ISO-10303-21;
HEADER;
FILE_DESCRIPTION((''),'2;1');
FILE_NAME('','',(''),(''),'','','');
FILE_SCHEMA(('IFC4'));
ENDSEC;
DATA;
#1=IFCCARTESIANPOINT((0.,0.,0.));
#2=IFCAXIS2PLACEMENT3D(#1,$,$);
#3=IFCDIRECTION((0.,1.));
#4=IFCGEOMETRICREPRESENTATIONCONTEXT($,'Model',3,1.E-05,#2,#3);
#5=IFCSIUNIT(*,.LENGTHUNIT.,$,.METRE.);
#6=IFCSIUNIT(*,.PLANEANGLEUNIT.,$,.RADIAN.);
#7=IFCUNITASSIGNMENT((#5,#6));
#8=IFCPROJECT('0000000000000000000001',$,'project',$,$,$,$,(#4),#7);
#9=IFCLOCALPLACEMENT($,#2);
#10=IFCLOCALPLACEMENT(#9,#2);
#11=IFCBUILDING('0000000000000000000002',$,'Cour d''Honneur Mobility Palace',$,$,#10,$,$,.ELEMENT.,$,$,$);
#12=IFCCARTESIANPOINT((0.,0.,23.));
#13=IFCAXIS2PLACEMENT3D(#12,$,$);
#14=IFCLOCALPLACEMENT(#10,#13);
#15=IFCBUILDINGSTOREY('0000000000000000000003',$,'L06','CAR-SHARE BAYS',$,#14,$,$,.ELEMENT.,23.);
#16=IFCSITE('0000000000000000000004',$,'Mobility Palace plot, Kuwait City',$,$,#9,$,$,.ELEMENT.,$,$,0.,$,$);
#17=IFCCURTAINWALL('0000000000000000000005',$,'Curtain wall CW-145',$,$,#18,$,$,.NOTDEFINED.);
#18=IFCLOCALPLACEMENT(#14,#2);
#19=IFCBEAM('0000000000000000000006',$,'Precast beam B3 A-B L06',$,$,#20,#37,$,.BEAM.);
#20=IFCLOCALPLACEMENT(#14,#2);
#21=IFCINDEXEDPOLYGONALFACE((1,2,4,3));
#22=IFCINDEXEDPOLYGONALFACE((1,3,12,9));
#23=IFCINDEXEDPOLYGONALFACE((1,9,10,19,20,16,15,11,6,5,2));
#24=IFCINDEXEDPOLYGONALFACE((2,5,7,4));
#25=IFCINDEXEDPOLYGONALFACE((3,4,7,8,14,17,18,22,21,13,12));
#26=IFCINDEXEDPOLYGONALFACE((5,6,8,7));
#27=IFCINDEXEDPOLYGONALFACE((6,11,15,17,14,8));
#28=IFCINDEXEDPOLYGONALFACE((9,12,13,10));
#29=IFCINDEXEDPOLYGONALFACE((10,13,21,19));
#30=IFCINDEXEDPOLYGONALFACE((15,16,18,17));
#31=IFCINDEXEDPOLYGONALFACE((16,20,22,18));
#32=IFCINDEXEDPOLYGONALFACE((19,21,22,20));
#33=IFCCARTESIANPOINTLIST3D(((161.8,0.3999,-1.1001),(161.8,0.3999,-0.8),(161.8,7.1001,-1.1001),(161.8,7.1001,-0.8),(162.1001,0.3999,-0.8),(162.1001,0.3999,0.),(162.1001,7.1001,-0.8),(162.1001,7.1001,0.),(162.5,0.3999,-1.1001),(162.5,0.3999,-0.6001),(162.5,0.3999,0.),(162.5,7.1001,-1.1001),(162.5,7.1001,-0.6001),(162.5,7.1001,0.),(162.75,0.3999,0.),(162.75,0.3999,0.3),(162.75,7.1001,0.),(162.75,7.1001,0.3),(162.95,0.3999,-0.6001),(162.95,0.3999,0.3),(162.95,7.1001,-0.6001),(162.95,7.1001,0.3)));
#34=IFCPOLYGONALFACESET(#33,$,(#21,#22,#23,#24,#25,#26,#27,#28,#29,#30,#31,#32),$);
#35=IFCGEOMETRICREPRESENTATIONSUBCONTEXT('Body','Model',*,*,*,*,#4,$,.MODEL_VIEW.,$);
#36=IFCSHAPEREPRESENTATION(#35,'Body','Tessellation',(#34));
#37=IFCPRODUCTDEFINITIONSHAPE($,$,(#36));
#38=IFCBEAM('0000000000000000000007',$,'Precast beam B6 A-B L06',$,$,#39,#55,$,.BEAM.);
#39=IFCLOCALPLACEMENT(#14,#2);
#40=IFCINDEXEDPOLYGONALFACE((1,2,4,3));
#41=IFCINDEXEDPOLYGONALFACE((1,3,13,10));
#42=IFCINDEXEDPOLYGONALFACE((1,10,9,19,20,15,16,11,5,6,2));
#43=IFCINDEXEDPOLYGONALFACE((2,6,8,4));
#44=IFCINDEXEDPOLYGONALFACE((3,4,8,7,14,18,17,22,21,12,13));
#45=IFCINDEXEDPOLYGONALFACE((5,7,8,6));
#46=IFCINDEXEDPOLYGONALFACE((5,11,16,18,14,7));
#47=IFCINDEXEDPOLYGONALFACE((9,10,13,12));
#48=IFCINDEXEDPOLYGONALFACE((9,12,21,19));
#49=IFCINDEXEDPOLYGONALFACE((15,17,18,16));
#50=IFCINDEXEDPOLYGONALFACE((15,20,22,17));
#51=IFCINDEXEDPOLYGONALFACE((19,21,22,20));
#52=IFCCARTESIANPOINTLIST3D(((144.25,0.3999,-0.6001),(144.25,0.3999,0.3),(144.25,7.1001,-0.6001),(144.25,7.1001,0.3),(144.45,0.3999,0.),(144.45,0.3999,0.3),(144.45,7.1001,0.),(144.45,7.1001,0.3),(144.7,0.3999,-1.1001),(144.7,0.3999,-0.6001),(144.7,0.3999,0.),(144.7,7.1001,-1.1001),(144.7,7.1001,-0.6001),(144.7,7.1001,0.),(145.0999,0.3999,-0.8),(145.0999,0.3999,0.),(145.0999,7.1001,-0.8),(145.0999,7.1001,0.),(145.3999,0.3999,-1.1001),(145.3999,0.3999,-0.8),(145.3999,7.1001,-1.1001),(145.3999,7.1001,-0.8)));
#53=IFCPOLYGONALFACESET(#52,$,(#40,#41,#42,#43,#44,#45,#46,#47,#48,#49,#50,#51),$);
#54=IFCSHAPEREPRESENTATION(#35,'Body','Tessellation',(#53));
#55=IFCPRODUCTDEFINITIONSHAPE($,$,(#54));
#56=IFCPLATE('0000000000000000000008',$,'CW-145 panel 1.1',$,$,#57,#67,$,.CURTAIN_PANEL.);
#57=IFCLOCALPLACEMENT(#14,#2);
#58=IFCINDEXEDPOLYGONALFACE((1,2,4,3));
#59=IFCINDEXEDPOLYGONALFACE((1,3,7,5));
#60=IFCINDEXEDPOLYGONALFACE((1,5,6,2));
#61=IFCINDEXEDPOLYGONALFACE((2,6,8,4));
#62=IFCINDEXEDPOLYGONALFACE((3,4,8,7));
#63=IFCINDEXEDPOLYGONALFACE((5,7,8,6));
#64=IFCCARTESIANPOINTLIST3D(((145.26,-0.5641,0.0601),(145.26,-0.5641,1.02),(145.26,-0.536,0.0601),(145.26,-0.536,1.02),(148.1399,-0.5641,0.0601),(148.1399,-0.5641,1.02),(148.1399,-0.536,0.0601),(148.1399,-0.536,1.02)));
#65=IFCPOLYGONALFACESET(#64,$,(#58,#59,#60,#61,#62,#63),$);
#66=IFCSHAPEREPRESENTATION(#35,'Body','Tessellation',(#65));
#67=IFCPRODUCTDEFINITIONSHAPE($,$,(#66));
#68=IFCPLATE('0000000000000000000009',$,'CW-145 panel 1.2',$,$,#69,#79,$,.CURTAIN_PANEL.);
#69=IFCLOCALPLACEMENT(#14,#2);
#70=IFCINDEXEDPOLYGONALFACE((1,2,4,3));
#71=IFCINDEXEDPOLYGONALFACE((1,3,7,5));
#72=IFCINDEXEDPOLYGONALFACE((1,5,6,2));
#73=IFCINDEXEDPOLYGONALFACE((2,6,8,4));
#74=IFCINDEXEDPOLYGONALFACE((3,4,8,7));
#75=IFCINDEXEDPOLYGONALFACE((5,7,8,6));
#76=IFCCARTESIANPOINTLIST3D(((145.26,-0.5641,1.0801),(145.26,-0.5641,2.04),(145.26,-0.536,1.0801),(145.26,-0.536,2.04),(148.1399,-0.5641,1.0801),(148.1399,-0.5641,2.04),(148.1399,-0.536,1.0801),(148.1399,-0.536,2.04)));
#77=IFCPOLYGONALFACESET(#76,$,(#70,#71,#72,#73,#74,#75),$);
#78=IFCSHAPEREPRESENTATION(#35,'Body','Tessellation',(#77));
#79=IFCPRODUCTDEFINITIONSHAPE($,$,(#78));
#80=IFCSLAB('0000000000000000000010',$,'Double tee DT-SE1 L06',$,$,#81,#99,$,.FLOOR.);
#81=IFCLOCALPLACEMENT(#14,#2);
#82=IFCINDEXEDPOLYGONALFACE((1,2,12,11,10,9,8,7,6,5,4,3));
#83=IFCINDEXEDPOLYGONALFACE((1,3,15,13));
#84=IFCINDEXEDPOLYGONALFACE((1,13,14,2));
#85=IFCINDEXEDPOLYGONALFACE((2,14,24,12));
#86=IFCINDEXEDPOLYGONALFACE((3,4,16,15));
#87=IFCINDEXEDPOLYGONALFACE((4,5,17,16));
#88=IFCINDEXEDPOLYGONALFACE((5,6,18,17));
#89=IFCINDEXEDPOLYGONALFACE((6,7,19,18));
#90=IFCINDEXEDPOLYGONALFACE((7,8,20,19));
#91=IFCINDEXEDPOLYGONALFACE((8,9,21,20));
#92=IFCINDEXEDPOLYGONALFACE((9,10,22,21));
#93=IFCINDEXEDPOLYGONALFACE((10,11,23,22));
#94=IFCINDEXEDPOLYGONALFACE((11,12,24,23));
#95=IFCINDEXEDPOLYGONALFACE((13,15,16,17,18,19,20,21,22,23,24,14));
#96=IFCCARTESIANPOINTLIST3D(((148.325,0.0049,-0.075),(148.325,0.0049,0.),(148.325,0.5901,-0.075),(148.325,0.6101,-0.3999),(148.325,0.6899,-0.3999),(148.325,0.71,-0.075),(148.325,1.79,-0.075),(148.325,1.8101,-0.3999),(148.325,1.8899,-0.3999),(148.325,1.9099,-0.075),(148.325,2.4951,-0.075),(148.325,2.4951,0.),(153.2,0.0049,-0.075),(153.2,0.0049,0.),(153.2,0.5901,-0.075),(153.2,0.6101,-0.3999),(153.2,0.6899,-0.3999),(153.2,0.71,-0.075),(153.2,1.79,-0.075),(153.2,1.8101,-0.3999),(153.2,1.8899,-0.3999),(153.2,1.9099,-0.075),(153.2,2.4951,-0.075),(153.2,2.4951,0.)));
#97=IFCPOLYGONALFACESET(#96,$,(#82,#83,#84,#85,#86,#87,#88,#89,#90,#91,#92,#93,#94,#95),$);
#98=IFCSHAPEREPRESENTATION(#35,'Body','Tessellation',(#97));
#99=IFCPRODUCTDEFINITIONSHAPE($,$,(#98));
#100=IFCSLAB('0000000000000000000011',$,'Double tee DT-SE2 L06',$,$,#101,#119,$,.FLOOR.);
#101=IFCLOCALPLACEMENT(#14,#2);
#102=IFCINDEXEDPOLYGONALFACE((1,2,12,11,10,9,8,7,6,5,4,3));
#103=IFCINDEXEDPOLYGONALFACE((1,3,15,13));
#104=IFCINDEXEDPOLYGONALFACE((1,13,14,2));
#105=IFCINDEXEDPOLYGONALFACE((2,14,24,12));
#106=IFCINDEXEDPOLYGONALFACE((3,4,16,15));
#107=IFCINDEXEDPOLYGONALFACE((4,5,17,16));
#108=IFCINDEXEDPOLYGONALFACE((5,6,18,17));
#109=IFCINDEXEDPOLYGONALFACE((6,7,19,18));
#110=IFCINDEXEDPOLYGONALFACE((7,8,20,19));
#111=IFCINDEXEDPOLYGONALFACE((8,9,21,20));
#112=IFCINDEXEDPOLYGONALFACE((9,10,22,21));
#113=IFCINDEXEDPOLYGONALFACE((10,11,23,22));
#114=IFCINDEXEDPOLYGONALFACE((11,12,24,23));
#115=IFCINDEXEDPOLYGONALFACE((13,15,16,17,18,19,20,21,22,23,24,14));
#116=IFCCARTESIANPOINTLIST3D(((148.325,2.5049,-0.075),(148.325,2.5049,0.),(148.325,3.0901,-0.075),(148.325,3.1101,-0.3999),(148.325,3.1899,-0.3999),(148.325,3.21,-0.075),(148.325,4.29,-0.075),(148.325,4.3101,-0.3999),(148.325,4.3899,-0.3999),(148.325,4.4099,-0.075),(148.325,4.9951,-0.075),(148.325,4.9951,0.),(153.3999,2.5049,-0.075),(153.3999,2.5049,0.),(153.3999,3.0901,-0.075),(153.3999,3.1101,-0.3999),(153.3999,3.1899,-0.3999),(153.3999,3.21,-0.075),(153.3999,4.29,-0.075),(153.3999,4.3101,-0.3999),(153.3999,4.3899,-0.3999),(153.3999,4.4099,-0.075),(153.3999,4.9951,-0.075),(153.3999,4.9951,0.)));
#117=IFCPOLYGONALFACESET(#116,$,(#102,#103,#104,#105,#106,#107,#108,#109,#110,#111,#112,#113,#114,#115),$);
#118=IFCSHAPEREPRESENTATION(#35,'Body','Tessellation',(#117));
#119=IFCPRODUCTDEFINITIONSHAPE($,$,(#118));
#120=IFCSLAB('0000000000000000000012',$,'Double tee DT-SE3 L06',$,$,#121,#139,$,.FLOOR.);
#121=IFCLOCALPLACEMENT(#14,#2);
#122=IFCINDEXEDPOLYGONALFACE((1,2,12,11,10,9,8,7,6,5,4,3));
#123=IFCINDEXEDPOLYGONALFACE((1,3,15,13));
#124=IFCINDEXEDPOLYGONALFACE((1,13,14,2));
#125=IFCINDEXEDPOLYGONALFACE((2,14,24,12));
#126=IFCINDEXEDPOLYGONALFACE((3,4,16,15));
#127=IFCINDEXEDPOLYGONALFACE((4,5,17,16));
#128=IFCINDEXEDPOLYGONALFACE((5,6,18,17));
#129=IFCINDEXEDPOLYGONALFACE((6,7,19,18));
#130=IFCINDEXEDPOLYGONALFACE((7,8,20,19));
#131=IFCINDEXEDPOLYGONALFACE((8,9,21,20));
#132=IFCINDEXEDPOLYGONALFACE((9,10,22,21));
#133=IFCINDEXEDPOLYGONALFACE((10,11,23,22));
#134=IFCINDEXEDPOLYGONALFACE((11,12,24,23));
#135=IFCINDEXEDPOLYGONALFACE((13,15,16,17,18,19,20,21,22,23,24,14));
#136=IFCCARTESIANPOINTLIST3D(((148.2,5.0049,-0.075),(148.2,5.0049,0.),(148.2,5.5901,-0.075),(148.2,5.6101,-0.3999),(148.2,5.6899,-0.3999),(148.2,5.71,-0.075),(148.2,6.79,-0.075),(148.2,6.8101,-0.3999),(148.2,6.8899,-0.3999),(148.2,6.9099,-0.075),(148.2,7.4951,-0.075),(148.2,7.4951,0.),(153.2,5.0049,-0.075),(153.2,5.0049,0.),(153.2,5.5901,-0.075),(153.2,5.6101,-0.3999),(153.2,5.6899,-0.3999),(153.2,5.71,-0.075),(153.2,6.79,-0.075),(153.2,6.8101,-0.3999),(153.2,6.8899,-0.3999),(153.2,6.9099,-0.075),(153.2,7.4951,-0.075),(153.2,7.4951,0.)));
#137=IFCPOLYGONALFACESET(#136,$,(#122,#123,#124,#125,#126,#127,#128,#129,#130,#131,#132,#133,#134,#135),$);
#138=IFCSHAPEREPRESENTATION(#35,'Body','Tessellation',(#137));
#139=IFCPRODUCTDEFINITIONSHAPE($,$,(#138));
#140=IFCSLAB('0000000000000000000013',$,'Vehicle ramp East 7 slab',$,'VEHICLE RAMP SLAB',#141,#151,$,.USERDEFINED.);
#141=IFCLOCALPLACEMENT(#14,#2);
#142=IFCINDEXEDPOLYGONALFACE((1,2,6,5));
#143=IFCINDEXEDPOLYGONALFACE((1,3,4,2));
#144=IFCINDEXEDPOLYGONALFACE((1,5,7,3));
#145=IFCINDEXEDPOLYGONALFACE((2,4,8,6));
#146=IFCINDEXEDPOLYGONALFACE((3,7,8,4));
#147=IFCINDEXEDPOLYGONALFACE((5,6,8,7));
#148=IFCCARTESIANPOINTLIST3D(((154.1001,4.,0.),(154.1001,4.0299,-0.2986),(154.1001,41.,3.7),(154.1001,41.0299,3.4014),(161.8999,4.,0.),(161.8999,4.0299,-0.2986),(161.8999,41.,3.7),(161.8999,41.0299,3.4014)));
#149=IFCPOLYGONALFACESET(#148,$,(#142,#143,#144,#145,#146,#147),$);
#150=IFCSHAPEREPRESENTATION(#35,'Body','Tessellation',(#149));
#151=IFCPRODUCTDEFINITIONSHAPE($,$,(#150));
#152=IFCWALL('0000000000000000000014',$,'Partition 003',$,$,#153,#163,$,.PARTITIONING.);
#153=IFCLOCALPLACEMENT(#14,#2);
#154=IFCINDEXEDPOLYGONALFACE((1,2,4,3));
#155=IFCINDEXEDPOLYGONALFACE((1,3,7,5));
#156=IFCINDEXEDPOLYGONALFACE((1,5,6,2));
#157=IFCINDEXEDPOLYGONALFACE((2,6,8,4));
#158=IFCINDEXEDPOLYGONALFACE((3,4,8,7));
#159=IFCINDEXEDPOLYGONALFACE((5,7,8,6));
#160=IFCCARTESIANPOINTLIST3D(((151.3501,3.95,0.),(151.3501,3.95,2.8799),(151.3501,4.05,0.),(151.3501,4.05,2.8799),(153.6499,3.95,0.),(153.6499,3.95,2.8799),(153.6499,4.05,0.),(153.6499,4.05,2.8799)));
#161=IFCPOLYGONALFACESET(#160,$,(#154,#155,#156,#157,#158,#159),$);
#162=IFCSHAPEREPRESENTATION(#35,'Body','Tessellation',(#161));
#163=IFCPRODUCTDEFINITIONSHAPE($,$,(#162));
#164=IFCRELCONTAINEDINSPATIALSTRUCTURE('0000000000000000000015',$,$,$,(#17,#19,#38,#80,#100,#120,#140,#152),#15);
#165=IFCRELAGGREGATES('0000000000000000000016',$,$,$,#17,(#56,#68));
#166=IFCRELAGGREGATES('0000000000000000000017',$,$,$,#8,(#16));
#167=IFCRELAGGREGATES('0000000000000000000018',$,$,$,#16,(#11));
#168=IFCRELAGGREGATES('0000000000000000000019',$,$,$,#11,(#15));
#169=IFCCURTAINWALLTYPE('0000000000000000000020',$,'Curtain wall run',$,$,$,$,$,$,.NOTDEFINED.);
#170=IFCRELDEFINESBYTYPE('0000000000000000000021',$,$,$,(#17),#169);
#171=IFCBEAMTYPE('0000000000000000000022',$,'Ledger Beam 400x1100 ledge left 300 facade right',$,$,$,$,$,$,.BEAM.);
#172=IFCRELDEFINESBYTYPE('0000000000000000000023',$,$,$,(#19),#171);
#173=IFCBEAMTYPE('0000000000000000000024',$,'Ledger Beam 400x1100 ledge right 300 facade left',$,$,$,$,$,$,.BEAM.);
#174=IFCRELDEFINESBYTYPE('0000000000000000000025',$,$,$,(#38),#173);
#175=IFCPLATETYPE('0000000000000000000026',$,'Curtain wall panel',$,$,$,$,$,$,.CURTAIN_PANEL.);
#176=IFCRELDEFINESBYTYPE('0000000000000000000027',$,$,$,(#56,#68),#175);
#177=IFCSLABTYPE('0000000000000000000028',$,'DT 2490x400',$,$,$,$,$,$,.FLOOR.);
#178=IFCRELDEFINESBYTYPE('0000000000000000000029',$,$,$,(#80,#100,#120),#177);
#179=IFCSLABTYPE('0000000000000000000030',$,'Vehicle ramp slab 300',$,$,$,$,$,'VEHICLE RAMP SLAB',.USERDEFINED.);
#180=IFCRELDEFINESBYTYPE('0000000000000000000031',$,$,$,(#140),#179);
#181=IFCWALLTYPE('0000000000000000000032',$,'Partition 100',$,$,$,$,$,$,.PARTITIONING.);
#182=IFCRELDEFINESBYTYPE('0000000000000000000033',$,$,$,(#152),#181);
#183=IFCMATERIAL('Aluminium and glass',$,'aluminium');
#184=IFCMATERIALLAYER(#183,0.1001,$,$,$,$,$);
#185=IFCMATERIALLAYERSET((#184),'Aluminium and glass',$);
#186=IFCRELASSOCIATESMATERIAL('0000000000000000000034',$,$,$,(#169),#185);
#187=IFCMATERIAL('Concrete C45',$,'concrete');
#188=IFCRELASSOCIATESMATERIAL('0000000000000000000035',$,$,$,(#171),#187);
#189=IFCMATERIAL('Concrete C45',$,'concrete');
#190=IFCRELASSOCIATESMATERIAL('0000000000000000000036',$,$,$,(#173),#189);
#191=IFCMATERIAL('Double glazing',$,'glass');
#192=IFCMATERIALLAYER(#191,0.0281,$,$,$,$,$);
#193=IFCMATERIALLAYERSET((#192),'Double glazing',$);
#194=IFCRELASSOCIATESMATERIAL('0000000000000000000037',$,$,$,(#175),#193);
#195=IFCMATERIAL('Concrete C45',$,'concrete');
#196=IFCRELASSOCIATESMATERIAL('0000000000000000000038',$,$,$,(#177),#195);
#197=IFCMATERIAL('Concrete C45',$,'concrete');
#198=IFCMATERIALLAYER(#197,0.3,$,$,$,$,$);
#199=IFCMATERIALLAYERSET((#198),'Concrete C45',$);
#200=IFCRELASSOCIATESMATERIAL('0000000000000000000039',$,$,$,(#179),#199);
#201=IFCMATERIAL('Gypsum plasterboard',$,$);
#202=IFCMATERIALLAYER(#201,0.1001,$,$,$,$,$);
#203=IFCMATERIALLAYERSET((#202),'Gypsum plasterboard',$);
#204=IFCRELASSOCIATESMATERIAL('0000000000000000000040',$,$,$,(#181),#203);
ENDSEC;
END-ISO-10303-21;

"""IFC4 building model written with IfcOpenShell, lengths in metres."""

from ifc_helpers import new_model, si_unit, direction, frame, frame_2d, origin, origin_2d, place, context, subcontext, project, spatial, polyline, rectangle, outline, extrude, material, layer, layer_set, material_profile, profile_set, type_object, element, aggregate, save


model = new_model("IFC4")

# Units and contexts
model_context = context("Model", 3, precision=1e-05, world=origin(), true_north=direction((0.0, 1.0)))
body_context = subcontext(model_context, "Body", "Model", "MODEL_VIEW")
ifc_project = project(units=[si_unit("LENGTHUNIT", "METRE"), si_unit("PLANEANGLEUNIT", "RADIAN")], contexts=[model_context])

# Site, building, storey
site_placement = place(None, origin())
site = spatial("IfcSite", under=ifc_project, at=site_placement, Name="Mobility Palace plot, Kuwait City", CompositionType="ELEMENT", RefElevation=0.0)
building_placement = place(site_placement, origin())
building = spatial("IfcBuilding", under=site, at=building_placement, Name="Cour d'Honneur Mobility Palace", CompositionType="ELEMENT")
storey_placement = place(building_placement, frame((0.0, 0.0, 23.0)))
storey = spatial("IfcBuildingStorey", under=building, at=storey_placement, Name="L06", Description="CAR-SHARE BAYS", CompositionType="ELEMENT", Elevation=23.0)

# Curtain wall
ifc_material_1 = material(Name="Aluminium and glass", Category="aluminium")
ifc_layer_1 = layer(ifc_material_1, 0.1001)
ifc_layer_set_1 = layer_set([ifc_layer_1], Name="Aluminium and glass")
curtain_wall_type = type_object("IfcCurtainWallType", Name="Curtain wall run", PredefinedType="NOTDEFINED", material=ifc_layer_set_1)
curtain_wall_placement = place(storey_placement, origin())
curtain_wall = element("IfcCurtainWall", 1, at=curtain_wall_placement, inside=storey, type_object=curtain_wall_type, Name="Curtain wall CW-145", PredefinedType="NOTDEFINED")

# Beams
ifc_material_2 = material(Name="Concrete C45", Category="concrete")
ifc_material_profile_1 = material_profile(ifc_material_2, outline(polyline([(0.5, -1.1001), (0.5, -0.8), (0.2, -0.8), (0.2, 0.0), (-0.2, 0.0), (-0.45, 0.0), (-0.45, 0.3), (-0.6499, 0.3), (-0.6499, -0.6001), (-0.2, -0.6001), (-0.2, -1.1001), (0.5, -1.1001)])), Name="Ledger Beam 400x1100 ledge left 300 facade right")
ifc_profile_set_1 = profile_set([ifc_material_profile_1], Name="Concrete C45")
beam_type_1 = type_object("IfcBeamType", Name="Ledger Beam 400x1100 ledge left 300 facade right", PredefinedType="BEAM", material=ifc_profile_set_1)
beam_1_placement = place(storey_placement, frame((162.3, 0.3999, 0.0), z_axis=(0.0, 1.0, 0.0), x_axis=(-1.0, 0.0, 0.0)))
element("IfcBeam", 2, at=beam_1_placement, inside=storey, type_object=beam_type_1, Name="Precast beam B3 A-B L06", PredefinedType="BEAM", context=body_context, shape_type="SweptSolid", body=[
    extrude(outline(polyline([(0.5, -1.1001), (0.5, -0.8), (0.2, -0.8), (0.2, 0.0), (-0.2, 0.0), (-0.45, 0.0), (-0.45, 0.3), (-0.6499, 0.3), (-0.6499, -0.6001), (-0.2, -0.6001), (-0.2, -1.1001), (0.5, -1.1001)])), origin(), (0.0, 0.0, 1.0), 6.7002),
])
ifc_material_3 = material(Name="Concrete C45", Category="concrete")
ifc_material_profile_2 = material_profile(ifc_material_3, outline(polyline([(0.2, -1.1001), (0.2, -0.6001), (0.6499, -0.6001), (0.6499, 0.3), (0.45, 0.3), (0.45, 0.0), (0.2, 0.0), (-0.2, 0.0), (-0.2, -0.8), (-0.5, -0.8), (-0.5, -1.1001), (0.2, -1.1001)])), Name="Ledger Beam 400x1100 ledge right 300 facade left")
ifc_profile_set_2 = profile_set([ifc_material_profile_2], Name="Concrete C45")
beam_type_2 = type_object("IfcBeamType", Name="Ledger Beam 400x1100 ledge right 300 facade left", PredefinedType="BEAM", material=ifc_profile_set_2)
beam_2_placement = place(storey_placement, frame((144.8999, 0.3999, 0.0), z_axis=(0.0, 1.0, 0.0), x_axis=(-1.0, 0.0, 0.0)))
element("IfcBeam", 3, at=beam_2_placement, inside=storey, type_object=beam_type_2, Name="Precast beam B6 A-B L06", PredefinedType="BEAM", context=body_context, shape_type="SweptSolid", body=[
    extrude(outline(polyline([(0.2, -1.1001), (0.2, -0.6001), (0.6499, -0.6001), (0.6499, 0.3), (0.45, 0.3), (0.45, 0.0), (0.2, 0.0), (-0.2, 0.0), (-0.2, -0.8), (-0.5, -0.8), (-0.5, -1.1001), (0.2, -1.1001)])), origin(), (0.0, 0.0, 1.0), 6.7002),
])

# Plates
ifc_material_4 = material(Name="Double glazing", Category="glass")
ifc_layer_2 = layer(ifc_material_4, 0.0281)
ifc_layer_set_2 = layer_set([ifc_layer_2], Name="Double glazing")
plate_type = type_object("IfcPlateType", Name="Curtain wall panel", PredefinedType="CURTAIN_PANEL", material=ifc_layer_set_2)
plate_1_placement = place(storey_placement, frame((146.7, -0.55, 0.0601), z_axis=(0.0, 0.0, 1.0), x_axis=(1.0, 0.0, 0.0)))
plate_1 = element("IfcPlate", 4, at=plate_1_placement, type_object=plate_type, Name="CW-145 panel 1.1", PredefinedType="CURTAIN_PANEL", context=body_context, shape_type="SweptSolid", body=[
    extrude(rectangle(XDim=2.8799, YDim=0.0281, at=origin_2d()), origin(), (0.0, 0.0, 1.0), 0.96),
])
plate_2_placement = place(storey_placement, frame((146.7, -0.55, 1.0801), z_axis=(0.0, 0.0, 1.0), x_axis=(1.0, 0.0, 0.0)))
plate_2 = element("IfcPlate", 5, at=plate_2_placement, type_object=plate_type, Name="CW-145 panel 1.2", PredefinedType="CURTAIN_PANEL", context=body_context, shape_type="SweptSolid", body=[
    extrude(rectangle(XDim=2.8799, YDim=0.0281, at=origin_2d()), origin(), (0.0, 0.0, 1.0), 0.96),
])
aggregate(curtain_wall, [plate_1, plate_2])

# Slabs
ifc_material_5 = material(Name="Concrete C45", Category="concrete")
ifc_material_profile_3 = material_profile(ifc_material_5, outline(polyline([(-1.2451, 0.0), (1.2451, 0.0), (1.2451, -0.075), (0.6599, -0.075), (0.6399, -0.3999), (0.5601, -0.3999), (0.54, -0.075), (-0.54, -0.075), (-0.5601, -0.3999), (-0.6399, -0.3999), (-0.6599, -0.075), (-1.2451, -0.075), (-1.2451, 0.0)])), Name="DT 2490x400")
ifc_profile_set_3 = profile_set([ifc_material_profile_3], Name="Concrete C45")
slab_type_1 = type_object("IfcSlabType", Name="DT 2490x400", PredefinedType="FLOOR", material=ifc_profile_set_3)
slab_1_placement = place(storey_placement, frame((148.325, 1.25, 0.0), z_axis=(1.0, 0.0, 0.0), x_axis=(0.0, 1.0, 0.0)))
element("IfcSlab", 6, at=slab_1_placement, inside=storey, type_object=slab_type_1, Name="Double tee DT-SE1 L06", PredefinedType="FLOOR", context=body_context, shape_type="SweptSolid", body=[
    extrude(outline(polyline([(-1.2451, 0.0), (1.2451, 0.0), (1.2451, -0.075), (0.6599, -0.075), (0.6399, -0.3999), (0.5601, -0.3999), (0.54, -0.075), (-0.54, -0.075), (-0.5601, -0.3999), (-0.6399, -0.3999), (-0.6599, -0.075), (-1.2451, -0.075), (-1.2451, 0.0)])), origin(), (0.0, 0.0, 1.0), 4.875),
])
slab_2_placement = place(storey_placement, frame((148.325, 3.75, 0.0), z_axis=(1.0, 0.0, 0.0), x_axis=(0.0, 1.0, 0.0)))
element("IfcSlab", 7, at=slab_2_placement, inside=storey, type_object=slab_type_1, Name="Double tee DT-SE2 L06", PredefinedType="FLOOR", context=body_context, shape_type="SweptSolid", body=[
    extrude(outline(polyline([(-1.2451, 0.0), (1.2451, 0.0), (1.2451, -0.075), (0.6599, -0.075), (0.6399, -0.3999), (0.5601, -0.3999), (0.54, -0.075), (-0.54, -0.075), (-0.5601, -0.3999), (-0.6399, -0.3999), (-0.6599, -0.075), (-1.2451, -0.075), (-1.2451, 0.0)])), origin(), (0.0, 0.0, 1.0), 5.075),
])
slab_3_placement = place(storey_placement, frame((148.2, 6.25, 0.0), z_axis=(1.0, 0.0, 0.0), x_axis=(0.0, 1.0, 0.0)))
element("IfcSlab", 8, at=slab_3_placement, inside=storey, type_object=slab_type_1, Name="Double tee DT-SE3 L06", PredefinedType="FLOOR", context=body_context, shape_type="SweptSolid", body=[
    extrude(outline(polyline([(-1.2451, 0.0), (1.2451, 0.0), (1.2451, -0.075), (0.6599, -0.075), (0.6399, -0.3999), (0.5601, -0.3999), (0.54, -0.075), (-0.54, -0.075), (-0.5601, -0.3999), (-0.6399, -0.3999), (-0.6599, -0.075), (-1.2451, -0.075), (-1.2451, 0.0)])), origin(), (0.0, 0.0, 1.0), 5.0),
])
ifc_material_6 = material(Name="Concrete C45", Category="concrete")
ifc_layer_3 = layer(ifc_material_6, 0.3)
ifc_layer_set_3 = layer_set([ifc_layer_3], Name="Concrete C45")
slab_type_2 = type_object("IfcSlabType", Name="Vehicle ramp slab 300", ElementType="VEHICLE RAMP SLAB", PredefinedType="USERDEFINED", material=ifc_layer_set_3)
slab_4_placement = place(storey_placement, frame((154.1001, 4.0, 0.0), z_axis=(0.0, -0.099502, 0.995037), x_axis=(1.0, 0.0, 0.0)))
element("IfcSlab", 9, at=slab_4_placement, inside=storey, type_object=slab_type_2, Name="Vehicle ramp East 7 slab", ObjectType="VEHICLE RAMP SLAB", PredefinedType="USERDEFINED", context=body_context, shape_type="SweptSolid", body=[
    extrude(outline(polyline([(0.0, 0.0), (7.7998, 0.0), (7.7998, 37.1845), (0.0, 37.1845), (0.0, 0.0)])), origin(), (0.0, 0.0, -1.0), 0.3),
])

# Wall
ifc_material_7 = material(Name="Gypsum plasterboard")
ifc_layer_4 = layer(ifc_material_7, 0.1001)
ifc_layer_set_4 = layer_set([ifc_layer_4], Name="Gypsum plasterboard")
wall_type_1 = type_object("IfcWallType", Name="Partition 100", PredefinedType="PARTITIONING", material=ifc_layer_set_4)
wall_1_placement = place(storey_placement, frame((151.3501, 4.0, 0.0), z_axis=(0.0, 0.0, 1.0), x_axis=(1.0, 0.0, 0.0)))
element("IfcWall", 10, at=wall_1_placement, inside=storey, type_object=wall_type_1, Name="Partition 003", PredefinedType="PARTITIONING", context=body_context, shape_type="SweptSolid", body=[
    extrude(rectangle(XDim=2.2998, YDim=0.1001, at=frame_2d((1.1499, 0.0))), origin(), (0.0, 0.0, 1.0), 2.8799),
])

save(model, "model.ifc")
